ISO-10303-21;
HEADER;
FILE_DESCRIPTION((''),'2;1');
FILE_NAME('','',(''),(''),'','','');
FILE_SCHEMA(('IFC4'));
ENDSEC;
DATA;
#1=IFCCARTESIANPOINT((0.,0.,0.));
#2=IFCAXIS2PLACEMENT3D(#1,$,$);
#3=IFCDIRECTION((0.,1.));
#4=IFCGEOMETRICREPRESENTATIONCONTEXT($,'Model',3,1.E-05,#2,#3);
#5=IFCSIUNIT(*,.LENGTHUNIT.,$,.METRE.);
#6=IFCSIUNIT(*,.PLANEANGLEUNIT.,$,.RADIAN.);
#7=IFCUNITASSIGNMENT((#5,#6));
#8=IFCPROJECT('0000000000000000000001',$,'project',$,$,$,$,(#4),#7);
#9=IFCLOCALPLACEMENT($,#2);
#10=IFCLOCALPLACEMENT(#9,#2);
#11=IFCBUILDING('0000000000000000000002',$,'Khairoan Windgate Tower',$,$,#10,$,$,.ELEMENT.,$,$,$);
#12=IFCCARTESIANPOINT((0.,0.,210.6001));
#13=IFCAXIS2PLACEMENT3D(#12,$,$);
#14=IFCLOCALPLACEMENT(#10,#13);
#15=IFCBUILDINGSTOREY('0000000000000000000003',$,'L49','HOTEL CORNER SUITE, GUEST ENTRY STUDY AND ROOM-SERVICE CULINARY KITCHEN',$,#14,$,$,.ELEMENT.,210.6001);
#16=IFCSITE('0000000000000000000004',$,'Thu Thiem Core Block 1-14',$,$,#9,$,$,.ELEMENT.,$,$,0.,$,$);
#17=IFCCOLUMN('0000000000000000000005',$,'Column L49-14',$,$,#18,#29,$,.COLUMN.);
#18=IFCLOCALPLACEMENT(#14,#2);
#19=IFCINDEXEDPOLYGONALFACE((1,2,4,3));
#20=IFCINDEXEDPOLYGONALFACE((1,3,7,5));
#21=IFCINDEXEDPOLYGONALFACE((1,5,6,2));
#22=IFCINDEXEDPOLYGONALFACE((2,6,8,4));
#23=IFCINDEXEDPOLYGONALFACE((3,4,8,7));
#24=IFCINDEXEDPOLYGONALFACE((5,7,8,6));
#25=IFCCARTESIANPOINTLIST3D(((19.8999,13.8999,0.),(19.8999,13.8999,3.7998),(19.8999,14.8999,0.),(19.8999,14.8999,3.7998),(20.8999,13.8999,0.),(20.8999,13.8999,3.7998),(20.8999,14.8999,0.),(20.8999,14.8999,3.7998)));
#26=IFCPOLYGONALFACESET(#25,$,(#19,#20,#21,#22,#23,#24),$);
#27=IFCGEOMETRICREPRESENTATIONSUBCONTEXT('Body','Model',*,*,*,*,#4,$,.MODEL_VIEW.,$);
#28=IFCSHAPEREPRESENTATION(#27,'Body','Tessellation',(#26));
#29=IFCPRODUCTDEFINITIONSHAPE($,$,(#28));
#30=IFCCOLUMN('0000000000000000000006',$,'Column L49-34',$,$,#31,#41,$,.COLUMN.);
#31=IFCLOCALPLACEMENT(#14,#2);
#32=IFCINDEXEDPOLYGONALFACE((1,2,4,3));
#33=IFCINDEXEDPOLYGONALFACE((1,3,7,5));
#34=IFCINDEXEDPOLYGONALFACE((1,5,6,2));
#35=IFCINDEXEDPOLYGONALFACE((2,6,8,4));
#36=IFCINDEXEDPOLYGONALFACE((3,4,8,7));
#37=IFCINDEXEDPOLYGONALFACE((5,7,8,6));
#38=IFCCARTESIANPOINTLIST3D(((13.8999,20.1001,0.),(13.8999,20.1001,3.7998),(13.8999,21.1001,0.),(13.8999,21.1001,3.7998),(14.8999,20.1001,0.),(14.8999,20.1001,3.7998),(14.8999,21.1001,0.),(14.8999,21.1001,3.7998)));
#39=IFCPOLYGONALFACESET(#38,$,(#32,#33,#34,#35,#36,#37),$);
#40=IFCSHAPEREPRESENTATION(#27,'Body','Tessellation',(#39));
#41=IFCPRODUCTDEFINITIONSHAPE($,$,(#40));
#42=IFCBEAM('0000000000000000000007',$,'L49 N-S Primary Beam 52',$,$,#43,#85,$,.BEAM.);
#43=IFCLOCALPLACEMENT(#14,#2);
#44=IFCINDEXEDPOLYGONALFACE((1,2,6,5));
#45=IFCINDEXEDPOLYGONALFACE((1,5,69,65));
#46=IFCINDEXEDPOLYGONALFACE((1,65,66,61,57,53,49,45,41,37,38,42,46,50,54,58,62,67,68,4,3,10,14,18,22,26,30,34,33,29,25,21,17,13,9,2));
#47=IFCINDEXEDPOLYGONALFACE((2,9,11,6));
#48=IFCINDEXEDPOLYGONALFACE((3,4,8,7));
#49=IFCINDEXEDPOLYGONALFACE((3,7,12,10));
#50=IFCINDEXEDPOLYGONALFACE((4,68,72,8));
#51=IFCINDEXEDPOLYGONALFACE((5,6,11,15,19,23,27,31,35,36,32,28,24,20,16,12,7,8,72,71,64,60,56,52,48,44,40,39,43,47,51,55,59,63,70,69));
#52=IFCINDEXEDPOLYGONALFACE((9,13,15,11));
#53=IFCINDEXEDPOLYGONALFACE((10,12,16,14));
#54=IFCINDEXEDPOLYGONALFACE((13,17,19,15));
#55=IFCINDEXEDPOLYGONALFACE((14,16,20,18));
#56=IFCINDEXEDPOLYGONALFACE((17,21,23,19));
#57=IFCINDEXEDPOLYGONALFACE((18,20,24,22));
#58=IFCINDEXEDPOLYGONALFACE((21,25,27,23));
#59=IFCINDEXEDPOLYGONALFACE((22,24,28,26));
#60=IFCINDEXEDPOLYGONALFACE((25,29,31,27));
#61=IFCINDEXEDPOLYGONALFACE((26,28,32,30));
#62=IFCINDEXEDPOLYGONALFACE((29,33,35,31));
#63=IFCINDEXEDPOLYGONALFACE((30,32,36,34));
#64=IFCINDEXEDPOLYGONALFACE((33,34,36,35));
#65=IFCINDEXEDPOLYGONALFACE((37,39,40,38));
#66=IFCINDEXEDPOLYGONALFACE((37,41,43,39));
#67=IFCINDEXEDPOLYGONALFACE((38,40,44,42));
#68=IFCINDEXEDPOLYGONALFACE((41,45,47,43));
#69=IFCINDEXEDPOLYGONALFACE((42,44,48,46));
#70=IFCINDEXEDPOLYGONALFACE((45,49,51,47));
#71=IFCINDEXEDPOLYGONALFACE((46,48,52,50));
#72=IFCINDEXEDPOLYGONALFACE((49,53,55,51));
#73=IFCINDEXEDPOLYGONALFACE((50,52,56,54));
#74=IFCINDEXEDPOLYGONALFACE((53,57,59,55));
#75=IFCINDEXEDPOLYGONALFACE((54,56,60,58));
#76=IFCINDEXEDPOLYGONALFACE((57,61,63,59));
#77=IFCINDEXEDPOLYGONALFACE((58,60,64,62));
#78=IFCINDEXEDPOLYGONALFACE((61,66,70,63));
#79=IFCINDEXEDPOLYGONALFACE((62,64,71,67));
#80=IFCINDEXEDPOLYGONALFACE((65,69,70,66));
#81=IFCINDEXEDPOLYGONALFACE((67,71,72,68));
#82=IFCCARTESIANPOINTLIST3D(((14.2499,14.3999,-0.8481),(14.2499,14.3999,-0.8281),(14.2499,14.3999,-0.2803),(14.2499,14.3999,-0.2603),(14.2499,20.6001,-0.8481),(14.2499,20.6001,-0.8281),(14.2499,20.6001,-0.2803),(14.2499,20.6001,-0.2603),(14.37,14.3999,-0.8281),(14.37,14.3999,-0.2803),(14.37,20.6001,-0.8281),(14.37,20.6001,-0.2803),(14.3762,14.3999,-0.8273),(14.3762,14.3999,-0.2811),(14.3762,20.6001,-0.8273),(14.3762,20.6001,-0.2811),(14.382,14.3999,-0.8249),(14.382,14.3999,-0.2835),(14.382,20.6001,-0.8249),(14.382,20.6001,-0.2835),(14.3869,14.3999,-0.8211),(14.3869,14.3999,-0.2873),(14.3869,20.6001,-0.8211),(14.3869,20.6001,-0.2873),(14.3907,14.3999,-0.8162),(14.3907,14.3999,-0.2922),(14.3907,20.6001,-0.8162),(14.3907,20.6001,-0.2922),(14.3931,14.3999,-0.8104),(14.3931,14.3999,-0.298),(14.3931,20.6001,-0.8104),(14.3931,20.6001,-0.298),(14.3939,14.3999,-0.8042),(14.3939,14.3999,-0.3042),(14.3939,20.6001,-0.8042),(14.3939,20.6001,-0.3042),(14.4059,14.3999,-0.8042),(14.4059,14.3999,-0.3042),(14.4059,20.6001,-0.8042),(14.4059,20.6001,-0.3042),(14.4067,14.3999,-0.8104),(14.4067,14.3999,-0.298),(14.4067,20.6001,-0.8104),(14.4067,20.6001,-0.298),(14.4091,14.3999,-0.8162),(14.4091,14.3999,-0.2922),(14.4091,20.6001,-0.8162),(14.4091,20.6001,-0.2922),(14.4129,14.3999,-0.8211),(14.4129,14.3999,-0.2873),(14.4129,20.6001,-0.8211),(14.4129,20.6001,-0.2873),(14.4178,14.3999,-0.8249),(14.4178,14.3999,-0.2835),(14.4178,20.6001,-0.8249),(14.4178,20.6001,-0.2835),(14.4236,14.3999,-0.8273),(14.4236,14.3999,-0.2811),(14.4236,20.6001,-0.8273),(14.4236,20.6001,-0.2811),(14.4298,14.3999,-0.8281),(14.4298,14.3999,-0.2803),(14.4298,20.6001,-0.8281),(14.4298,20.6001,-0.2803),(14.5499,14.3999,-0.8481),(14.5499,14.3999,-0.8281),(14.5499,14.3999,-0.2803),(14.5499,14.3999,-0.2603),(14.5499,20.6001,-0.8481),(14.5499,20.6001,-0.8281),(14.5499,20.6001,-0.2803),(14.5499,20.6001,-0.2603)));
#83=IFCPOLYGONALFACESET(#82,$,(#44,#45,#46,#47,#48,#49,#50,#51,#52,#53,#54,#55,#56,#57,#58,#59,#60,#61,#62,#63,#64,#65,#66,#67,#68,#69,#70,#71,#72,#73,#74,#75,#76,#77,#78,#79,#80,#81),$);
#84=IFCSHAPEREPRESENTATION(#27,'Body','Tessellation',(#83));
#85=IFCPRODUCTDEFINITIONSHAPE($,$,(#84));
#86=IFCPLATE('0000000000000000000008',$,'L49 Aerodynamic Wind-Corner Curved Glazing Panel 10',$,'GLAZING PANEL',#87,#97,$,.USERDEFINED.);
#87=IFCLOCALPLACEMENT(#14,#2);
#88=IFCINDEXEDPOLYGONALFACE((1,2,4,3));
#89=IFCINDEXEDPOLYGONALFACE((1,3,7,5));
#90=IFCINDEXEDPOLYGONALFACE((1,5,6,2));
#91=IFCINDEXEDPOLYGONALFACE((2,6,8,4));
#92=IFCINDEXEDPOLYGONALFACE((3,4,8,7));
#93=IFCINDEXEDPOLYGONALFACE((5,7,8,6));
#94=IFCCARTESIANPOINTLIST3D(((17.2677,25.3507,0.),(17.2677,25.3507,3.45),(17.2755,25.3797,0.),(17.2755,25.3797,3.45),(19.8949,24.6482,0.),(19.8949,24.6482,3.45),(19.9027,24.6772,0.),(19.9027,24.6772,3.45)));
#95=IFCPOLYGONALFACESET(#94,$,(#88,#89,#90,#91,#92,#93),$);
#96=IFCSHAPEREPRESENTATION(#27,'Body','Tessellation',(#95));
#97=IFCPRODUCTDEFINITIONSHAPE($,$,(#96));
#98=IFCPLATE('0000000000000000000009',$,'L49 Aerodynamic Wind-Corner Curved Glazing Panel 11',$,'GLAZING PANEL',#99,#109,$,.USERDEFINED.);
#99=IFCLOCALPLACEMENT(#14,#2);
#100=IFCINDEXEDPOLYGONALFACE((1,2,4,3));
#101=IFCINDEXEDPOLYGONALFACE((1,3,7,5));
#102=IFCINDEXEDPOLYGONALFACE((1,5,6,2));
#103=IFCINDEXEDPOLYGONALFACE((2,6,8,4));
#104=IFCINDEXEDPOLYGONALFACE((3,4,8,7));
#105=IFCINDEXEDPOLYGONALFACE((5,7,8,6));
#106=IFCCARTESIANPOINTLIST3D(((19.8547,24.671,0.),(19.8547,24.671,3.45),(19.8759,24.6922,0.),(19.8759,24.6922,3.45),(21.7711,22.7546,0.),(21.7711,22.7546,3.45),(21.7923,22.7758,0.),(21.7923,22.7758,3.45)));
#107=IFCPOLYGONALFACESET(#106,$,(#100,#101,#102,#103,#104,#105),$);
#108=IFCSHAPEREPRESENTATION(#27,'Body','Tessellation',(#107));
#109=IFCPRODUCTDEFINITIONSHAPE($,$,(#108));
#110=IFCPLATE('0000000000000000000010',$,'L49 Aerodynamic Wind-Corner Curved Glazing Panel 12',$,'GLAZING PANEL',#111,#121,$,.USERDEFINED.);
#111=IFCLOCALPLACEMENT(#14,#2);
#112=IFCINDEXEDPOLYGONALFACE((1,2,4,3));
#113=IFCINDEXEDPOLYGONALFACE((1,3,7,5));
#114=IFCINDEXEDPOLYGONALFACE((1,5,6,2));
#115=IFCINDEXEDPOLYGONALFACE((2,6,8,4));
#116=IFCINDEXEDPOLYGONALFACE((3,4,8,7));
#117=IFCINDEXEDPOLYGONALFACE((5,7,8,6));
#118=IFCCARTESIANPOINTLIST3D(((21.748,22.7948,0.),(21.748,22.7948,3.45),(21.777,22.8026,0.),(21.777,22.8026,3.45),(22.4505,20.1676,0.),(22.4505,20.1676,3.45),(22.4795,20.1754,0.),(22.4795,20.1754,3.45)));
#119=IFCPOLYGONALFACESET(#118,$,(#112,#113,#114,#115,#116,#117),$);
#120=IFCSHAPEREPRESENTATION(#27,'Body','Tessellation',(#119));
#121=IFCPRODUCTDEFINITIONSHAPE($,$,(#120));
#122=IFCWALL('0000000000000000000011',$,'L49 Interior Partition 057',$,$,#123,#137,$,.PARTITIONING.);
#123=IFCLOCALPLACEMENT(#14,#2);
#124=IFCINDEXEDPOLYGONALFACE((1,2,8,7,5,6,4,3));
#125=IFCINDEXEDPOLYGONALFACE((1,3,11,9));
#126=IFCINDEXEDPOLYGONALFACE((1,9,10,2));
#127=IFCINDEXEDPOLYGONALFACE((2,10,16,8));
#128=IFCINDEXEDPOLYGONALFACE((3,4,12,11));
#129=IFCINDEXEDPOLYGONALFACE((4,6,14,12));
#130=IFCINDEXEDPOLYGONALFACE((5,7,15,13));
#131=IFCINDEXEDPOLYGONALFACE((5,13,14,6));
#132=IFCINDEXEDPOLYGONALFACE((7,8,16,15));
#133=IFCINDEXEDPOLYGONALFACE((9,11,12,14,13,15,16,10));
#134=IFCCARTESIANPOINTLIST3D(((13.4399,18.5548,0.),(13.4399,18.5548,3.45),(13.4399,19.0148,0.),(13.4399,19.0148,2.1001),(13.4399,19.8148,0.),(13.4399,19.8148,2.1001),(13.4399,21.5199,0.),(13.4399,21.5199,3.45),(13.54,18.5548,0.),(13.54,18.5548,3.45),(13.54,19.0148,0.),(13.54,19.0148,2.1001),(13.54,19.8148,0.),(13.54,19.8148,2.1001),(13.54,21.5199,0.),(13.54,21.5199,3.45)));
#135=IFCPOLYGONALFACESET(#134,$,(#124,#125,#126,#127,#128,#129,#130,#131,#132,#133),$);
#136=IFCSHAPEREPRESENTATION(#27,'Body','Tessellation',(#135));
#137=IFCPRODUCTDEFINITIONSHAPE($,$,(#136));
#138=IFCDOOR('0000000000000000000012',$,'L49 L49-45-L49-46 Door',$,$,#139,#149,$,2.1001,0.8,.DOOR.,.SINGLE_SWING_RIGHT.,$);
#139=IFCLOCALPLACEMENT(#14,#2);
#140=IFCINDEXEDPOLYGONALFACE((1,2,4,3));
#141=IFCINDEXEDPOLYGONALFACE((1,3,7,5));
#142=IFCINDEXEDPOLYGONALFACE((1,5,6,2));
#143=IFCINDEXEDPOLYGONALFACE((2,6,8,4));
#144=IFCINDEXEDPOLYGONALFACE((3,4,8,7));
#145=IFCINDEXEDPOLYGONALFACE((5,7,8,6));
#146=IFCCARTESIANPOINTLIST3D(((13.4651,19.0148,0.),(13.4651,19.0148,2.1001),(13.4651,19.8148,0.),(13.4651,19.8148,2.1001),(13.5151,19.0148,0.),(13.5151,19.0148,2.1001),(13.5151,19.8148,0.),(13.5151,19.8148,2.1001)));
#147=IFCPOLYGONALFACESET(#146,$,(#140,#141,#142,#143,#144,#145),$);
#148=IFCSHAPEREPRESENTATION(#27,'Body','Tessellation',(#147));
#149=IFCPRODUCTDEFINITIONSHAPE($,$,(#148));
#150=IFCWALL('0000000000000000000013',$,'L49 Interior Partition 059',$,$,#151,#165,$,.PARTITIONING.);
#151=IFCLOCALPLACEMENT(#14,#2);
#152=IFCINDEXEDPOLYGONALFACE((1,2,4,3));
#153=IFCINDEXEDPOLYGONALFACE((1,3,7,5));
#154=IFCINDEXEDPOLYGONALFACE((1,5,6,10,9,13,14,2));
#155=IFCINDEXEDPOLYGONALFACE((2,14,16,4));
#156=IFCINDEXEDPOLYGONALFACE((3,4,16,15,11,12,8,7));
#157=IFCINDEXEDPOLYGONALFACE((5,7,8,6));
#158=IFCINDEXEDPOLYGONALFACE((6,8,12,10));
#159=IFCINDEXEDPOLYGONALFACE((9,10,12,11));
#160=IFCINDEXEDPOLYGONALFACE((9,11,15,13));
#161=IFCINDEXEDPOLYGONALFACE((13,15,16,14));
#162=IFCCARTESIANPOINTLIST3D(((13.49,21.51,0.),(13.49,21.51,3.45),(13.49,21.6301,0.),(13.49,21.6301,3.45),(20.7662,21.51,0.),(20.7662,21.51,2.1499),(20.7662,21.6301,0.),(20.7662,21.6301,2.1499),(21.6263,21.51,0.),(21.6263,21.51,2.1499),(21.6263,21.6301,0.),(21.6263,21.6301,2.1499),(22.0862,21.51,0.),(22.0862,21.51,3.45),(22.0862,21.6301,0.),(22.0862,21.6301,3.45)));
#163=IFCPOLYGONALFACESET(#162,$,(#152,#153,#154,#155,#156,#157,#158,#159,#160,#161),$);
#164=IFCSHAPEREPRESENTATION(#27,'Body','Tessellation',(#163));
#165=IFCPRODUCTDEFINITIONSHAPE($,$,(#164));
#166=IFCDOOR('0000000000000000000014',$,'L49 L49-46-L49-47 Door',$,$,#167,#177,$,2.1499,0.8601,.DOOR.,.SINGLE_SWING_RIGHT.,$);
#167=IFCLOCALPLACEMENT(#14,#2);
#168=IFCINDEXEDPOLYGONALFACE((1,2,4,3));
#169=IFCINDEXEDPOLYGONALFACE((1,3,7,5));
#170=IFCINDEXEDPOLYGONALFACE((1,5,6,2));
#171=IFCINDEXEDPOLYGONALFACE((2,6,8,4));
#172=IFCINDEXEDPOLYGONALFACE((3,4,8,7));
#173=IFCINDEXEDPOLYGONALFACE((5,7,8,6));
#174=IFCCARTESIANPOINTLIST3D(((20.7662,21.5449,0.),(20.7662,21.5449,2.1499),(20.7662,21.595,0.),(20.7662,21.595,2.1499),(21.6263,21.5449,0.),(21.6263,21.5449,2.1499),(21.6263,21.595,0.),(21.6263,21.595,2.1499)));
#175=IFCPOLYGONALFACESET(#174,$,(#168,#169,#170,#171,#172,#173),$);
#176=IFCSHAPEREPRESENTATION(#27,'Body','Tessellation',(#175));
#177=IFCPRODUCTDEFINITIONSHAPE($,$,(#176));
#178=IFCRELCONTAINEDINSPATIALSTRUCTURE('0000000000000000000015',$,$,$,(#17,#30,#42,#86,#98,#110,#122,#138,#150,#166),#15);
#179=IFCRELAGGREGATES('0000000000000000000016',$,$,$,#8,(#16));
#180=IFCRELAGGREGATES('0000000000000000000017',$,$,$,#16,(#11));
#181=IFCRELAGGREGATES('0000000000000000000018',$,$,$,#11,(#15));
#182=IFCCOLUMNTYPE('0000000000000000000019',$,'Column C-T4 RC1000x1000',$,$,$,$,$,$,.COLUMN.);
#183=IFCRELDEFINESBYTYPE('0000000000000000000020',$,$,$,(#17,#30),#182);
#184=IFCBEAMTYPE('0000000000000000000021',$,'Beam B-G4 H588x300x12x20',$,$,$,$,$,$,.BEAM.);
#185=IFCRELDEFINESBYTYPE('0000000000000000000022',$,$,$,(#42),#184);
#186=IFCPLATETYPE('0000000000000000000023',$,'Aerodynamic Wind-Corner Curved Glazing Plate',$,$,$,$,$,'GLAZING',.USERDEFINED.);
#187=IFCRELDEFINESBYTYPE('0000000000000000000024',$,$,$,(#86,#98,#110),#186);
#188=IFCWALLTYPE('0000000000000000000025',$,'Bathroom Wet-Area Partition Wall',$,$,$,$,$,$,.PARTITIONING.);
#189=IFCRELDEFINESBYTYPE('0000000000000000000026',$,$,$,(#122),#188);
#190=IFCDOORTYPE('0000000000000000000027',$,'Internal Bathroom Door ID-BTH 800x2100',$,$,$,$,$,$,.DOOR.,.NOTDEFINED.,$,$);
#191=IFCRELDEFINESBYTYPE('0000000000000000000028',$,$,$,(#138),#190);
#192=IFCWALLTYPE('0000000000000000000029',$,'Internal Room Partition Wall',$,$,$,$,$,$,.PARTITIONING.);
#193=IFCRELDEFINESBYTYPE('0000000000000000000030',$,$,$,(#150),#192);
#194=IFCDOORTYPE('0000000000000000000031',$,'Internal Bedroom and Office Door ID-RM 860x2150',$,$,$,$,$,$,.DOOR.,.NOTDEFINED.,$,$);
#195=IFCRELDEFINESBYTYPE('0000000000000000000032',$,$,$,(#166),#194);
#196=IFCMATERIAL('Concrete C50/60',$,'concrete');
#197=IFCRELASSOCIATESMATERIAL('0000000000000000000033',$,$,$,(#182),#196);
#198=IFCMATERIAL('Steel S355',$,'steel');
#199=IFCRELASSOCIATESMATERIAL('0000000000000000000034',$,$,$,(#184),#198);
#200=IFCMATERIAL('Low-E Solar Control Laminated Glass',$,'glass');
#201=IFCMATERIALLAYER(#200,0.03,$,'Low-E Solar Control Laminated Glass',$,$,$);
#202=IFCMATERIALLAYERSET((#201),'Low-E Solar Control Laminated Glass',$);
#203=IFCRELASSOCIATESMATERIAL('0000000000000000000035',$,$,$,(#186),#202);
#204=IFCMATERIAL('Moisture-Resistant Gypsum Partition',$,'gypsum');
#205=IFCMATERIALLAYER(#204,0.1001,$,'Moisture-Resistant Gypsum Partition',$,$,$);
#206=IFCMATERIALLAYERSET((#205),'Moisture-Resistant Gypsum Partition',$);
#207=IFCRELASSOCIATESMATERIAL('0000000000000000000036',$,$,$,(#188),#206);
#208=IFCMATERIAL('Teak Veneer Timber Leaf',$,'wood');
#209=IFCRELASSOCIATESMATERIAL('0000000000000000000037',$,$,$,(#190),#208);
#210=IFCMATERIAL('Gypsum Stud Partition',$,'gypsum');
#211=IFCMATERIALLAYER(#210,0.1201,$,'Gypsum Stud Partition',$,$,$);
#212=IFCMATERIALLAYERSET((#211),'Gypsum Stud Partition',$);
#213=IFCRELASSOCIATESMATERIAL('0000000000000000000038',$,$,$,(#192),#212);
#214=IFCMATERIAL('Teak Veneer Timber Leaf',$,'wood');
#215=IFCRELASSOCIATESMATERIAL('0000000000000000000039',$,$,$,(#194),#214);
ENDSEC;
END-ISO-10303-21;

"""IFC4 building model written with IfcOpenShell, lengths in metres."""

from ifc_helpers import new_model, si_unit, direction, frame, frame_2d, origin, origin_2d, place, context, subcontext, project, spatial, rectangle, i_section, extrude, material, layer, layer_set, material_profile, profile_set, type_object, element, fill, save


model = new_model("IFC4")

# Units and contexts
model_context = context("Model", 3, precision=1e-05, world=origin(), true_north=direction((0.0, 1.0)))
body_context = subcontext(model_context, "Body", "Model", "MODEL_VIEW")
ifc_project = project(units=[si_unit("LENGTHUNIT", "METRE"), si_unit("PLANEANGLEUNIT", "RADIAN")], contexts=[model_context])

# Site, building, storey
site_placement = place(None, origin())
site = spatial("IfcSite", under=ifc_project, at=site_placement, Name="Thu Thiem Core Block 1-14", CompositionType="ELEMENT", RefElevation=0.0)
building_placement = place(site_placement, origin())
building = spatial("IfcBuilding", under=site, at=building_placement, Name="Khairoan Windgate Tower", CompositionType="ELEMENT")
storey_placement = place(building_placement, frame((0.0, 0.0, 210.6001)))
storey = spatial("IfcBuildingStorey", under=building, at=storey_placement, Name="L49", Description="HOTEL CORNER SUITE, GUEST ENTRY STUDY AND ROOM-SERVICE CULINARY KITCHEN", CompositionType="ELEMENT", Elevation=210.6001)

# Columns
ifc_material_1 = material(Name="Concrete C50/60", Category="concrete")
ifc_material_profile_1 = material_profile(ifc_material_1, rectangle(XDim=1.0, YDim=1.0, at=origin_2d()))
ifc_profile_set_1 = profile_set([ifc_material_profile_1], Name="Concrete C50/60")
column_type = type_object("IfcColumnType", Name="Column C-T4 RC1000x1000", PredefinedType="COLUMN", material=ifc_profile_set_1)
for number, where, z_axis, x_axis, name in (
    (1, (20.3999, 14.3999, 0.0), (0.0, 0.0, 1.0), (1.0, 0.0, 0.0), "Column L49-14"),
    (2, (14.3999, 20.6001, 0.0), (0.0, 0.0, 1.0), (1.0, 0.0, 0.0), "Column L49-34"),
):
    element("IfcColumn", number, at=place(storey_placement, frame(where, z_axis=z_axis, x_axis=x_axis)), inside=storey, type_object=column_type, Name=name, PredefinedType="COLUMN", context=body_context, shape_type="SweptSolid", body=[
        extrude(rectangle(XDim=1.0, YDim=1.0, at=origin_2d()), origin(), (0.0, 0.0, 1.0), 3.7998),
    ])

# Beam
ifc_material_2 = material(Name="Steel S355", Category="steel")
ifc_material_profile_2 = material_profile(ifc_material_2, i_section(OverallWidth=0.3, OverallDepth=0.5879, WebThickness=0.012, FlangeThickness=0.02, FilletRadius=0.0239, at=origin_2d()))
ifc_profile_set_2 = profile_set([ifc_material_profile_2], Name="Steel S355")
beam_type = type_object("IfcBeamType", Name="Beam B-G4 H588x300x12x20", PredefinedType="BEAM", material=ifc_profile_set_2)
beam_placement = place(storey_placement, frame((14.3999, 14.3999, -0.5542), z_axis=(0.0, 1.0, 0.0), x_axis=(-1.0, 0.0, 0.0)))
element("IfcBeam", 3, at=beam_placement, inside=storey, type_object=beam_type, Name="L49 N-S Primary Beam 52", PredefinedType="BEAM", context=body_context, shape_type="SweptSolid", body=[
    extrude(i_section(OverallWidth=0.3, OverallDepth=0.5879, WebThickness=0.012, FlangeThickness=0.02, FilletRadius=0.0239, at=origin_2d()), origin(), (0.0, 0.0, 1.0), 6.2002),
])

# Plates
ifc_material_3 = material(Name="Low-E Solar Control Laminated Glass", Category="glass")
ifc_layer_1 = layer(ifc_material_3, 0.03, Name="Low-E Solar Control Laminated Glass")
ifc_layer_set_1 = layer_set([ifc_layer_1], Name="Low-E Solar Control Laminated Glass")
plate_type_1 = type_object("IfcPlateType", Name="Aerodynamic Wind-Corner Curved Glazing Plate", ElementType="GLAZING", PredefinedType="USERDEFINED", material=ifc_layer_set_1)
plate_1_placement = place(storey_placement, frame((18.5852, 25.0139, 0.0), z_axis=(0.0, 0.0, 1.0), x_axis=(0.966061, -0.258313, 0.0)))
element("IfcPlate", 4, at=plate_1_placement, inside=storey, type_object=plate_type_1, Name="L49 Aerodynamic Wind-Corner Curved Glazing Panel 10", ObjectType="GLAZING PANEL", PredefinedType="USERDEFINED", context=body_context, shape_type="SweptSolid", body=[
    extrude(rectangle(XDim=2.7195, YDim=0.03, at=origin_2d()), origin(), (0.0, 0.0, 1.0), 3.45),
])
plate_2_placement = place(storey_placement, frame((20.8235, 23.7234, 0.0), z_axis=(0.0, 0.0, 1.0), x_axis=(0.707107, -0.707107, 0.0)))
element("IfcPlate", 5, at=plate_2_placement, inside=storey, type_object=plate_type_1, Name="L49 Aerodynamic Wind-Corner Curved Glazing Panel 11", ObjectType="GLAZING PANEL", PredefinedType="USERDEFINED", context=body_context, shape_type="SweptSolid", body=[
    extrude(rectangle(XDim=2.7102, YDim=0.03, at=origin_2d()), origin(), (0.0, 0.0, 1.0), 3.45),
])
plate_3_placement = place(storey_placement, frame((22.1138, 21.4851, 0.0), z_axis=(0.0, 0.0, 1.0), x_axis=(0.258313, -0.966061, 0.0)))
element("IfcPlate", 6, at=plate_3_placement, inside=storey, type_object=plate_type_1, Name="L49 Aerodynamic Wind-Corner Curved Glazing Panel 12", ObjectType="GLAZING PANEL", PredefinedType="USERDEFINED", context=body_context, shape_type="SweptSolid", body=[
    extrude(rectangle(XDim=2.7195, YDim=0.03, at=origin_2d()), origin(), (0.0, 0.0, 1.0), 3.45),
])

# Walls, openings, doors
ifc_material_4 = material(Name="Moisture-Resistant Gypsum Partition", Category="gypsum")
ifc_layer_2 = layer(ifc_material_4, 0.1001, Name="Moisture-Resistant Gypsum Partition")
ifc_layer_set_2 = layer_set([ifc_layer_2], Name="Moisture-Resistant Gypsum Partition")
wall_type_1 = type_object("IfcWallType", Name="Bathroom Wet-Area Partition Wall", PredefinedType="PARTITIONING", material=ifc_layer_set_2)
wall_1_placement = place(storey_placement, frame((13.49, 18.5549, 0.0), z_axis=(0.0, 0.0, 1.0), x_axis=(0.0, 1.0, 0.0)))
wall_1 = element("IfcWall", 7, at=wall_1_placement, inside=storey, type_object=wall_type_1, Name="L49 Interior Partition 057", PredefinedType="PARTITIONING", context=body_context, shape_type="SweptSolid", body=[
    extrude(rectangle(XDim=2.9651, YDim=0.1001, at=frame_2d((1.4824, 0.0))), origin(), (0.0, 0.0, 1.0), 3.45),
])
opening_1_placement = place(wall_1_placement, frame((0.46, 0.0, 0.0)))
opening_1 = element("IfcOpeningElement", 8, at=opening_1_placement, cuts=wall_1, PredefinedType="OPENING", context=body_context, shape_type="SweptSolid", body=[
    extrude(rectangle(XDim=0.8, YDim=2.1001, at=frame_2d((0.3999, 1.05))), frame((0.0, 0.0601, 0.0), z_axis=(0.0, -1.0, 0.0), x_axis=(1.0, 0.0, 0.0)), (0.0, 0.0, 1.0), 0.1201),
])
ifc_material_5 = material(Name="Teak Veneer Timber Leaf", Category="wood")
door_type_1 = type_object("IfcDoorType", Name="Internal Bathroom Door ID-BTH 800x2100", OperationType="NOTDEFINED", PredefinedType="DOOR", material=ifc_material_5)
door_1_placement = place(opening_1_placement, origin())
door_1 = element("IfcDoor", 9, at=door_1_placement, inside=storey, type_object=door_type_1, Name="L49 L49-45-L49-46 Door", OperationType="SINGLE_SWING_RIGHT", OverallHeight=2.1001, OverallWidth=0.8, PredefinedType="DOOR", context=body_context, shape_type="SweptSolid", body=[
    extrude(rectangle(XDim=0.8, YDim=2.1001, at=frame_2d((0.3999, 1.05))), frame((0.0, 0.0249, 0.0), z_axis=(0.0, -1.0, 0.0), x_axis=(1.0, 0.0, 0.0)), (0.0, 0.0, 1.0), 0.05),
])
fill(opening_1, door_1)
ifc_material_6 = material(Name="Gypsum Stud Partition", Category="gypsum")
ifc_layer_3 = layer(ifc_material_6, 0.1201, Name="Gypsum Stud Partition")
ifc_layer_set_3 = layer_set([ifc_layer_3], Name="Gypsum Stud Partition")
wall_type_2 = type_object("IfcWallType", Name="Internal Room Partition Wall", PredefinedType="PARTITIONING", material=ifc_layer_set_3)
wall_2_placement = place(storey_placement, frame((13.49, 21.5701, 0.0), z_axis=(0.0, 0.0, 1.0), x_axis=(1.0, 0.0, 0.0)))
wall_2 = element("IfcWall", 10, at=wall_2_placement, inside=storey, type_object=wall_type_2, Name="L49 Interior Partition 059", PredefinedType="PARTITIONING", context=body_context, shape_type="SweptSolid", body=[
    extrude(rectangle(XDim=8.5962, YDim=0.1201, at=frame_2d((4.2981, 0.0))), origin(), (0.0, 0.0, 1.0), 3.45),
])
opening_2_placement = place(wall_2_placement, frame((7.2761, 0.0, 0.0)))
opening_2 = element("IfcOpeningElement", 11, at=opening_2_placement, cuts=wall_2, PredefinedType="OPENING", context=body_context, shape_type="SweptSolid", body=[
    extrude(rectangle(XDim=0.8601, YDim=2.1499, at=frame_2d((0.4302, 1.075))), frame((0.0, 0.0701, 0.0), z_axis=(0.0, -1.0, 0.0), x_axis=(1.0, 0.0, 0.0)), (0.0, 0.0, 1.0), 0.1401),
])
ifc_material_7 = material(Name="Teak Veneer Timber Leaf", Category="wood")
door_type_2 = type_object("IfcDoorType", Name="Internal Bedroom and Office Door ID-RM 860x2150", OperationType="NOTDEFINED", PredefinedType="DOOR", material=ifc_material_7)
door_2_placement = place(opening_2_placement, origin())
door_2 = element("IfcDoor", 12, at=door_2_placement, inside=storey, type_object=door_type_2, Name="L49 L49-46-L49-47 Door", OperationType="SINGLE_SWING_RIGHT", OverallHeight=2.1499, OverallWidth=0.8601, PredefinedType="DOOR", context=body_context, shape_type="SweptSolid", body=[
    extrude(rectangle(XDim=0.8601, YDim=2.1499, at=frame_2d((0.4302, 1.075))), frame((0.0, 0.0249, 0.0), z_axis=(0.0, -1.0, 0.0), x_axis=(1.0, 0.0, 0.0)), (0.0, 0.0, 1.0), 0.05),
])
fill(opening_2, door_2)

save(model, "model.ifc")
